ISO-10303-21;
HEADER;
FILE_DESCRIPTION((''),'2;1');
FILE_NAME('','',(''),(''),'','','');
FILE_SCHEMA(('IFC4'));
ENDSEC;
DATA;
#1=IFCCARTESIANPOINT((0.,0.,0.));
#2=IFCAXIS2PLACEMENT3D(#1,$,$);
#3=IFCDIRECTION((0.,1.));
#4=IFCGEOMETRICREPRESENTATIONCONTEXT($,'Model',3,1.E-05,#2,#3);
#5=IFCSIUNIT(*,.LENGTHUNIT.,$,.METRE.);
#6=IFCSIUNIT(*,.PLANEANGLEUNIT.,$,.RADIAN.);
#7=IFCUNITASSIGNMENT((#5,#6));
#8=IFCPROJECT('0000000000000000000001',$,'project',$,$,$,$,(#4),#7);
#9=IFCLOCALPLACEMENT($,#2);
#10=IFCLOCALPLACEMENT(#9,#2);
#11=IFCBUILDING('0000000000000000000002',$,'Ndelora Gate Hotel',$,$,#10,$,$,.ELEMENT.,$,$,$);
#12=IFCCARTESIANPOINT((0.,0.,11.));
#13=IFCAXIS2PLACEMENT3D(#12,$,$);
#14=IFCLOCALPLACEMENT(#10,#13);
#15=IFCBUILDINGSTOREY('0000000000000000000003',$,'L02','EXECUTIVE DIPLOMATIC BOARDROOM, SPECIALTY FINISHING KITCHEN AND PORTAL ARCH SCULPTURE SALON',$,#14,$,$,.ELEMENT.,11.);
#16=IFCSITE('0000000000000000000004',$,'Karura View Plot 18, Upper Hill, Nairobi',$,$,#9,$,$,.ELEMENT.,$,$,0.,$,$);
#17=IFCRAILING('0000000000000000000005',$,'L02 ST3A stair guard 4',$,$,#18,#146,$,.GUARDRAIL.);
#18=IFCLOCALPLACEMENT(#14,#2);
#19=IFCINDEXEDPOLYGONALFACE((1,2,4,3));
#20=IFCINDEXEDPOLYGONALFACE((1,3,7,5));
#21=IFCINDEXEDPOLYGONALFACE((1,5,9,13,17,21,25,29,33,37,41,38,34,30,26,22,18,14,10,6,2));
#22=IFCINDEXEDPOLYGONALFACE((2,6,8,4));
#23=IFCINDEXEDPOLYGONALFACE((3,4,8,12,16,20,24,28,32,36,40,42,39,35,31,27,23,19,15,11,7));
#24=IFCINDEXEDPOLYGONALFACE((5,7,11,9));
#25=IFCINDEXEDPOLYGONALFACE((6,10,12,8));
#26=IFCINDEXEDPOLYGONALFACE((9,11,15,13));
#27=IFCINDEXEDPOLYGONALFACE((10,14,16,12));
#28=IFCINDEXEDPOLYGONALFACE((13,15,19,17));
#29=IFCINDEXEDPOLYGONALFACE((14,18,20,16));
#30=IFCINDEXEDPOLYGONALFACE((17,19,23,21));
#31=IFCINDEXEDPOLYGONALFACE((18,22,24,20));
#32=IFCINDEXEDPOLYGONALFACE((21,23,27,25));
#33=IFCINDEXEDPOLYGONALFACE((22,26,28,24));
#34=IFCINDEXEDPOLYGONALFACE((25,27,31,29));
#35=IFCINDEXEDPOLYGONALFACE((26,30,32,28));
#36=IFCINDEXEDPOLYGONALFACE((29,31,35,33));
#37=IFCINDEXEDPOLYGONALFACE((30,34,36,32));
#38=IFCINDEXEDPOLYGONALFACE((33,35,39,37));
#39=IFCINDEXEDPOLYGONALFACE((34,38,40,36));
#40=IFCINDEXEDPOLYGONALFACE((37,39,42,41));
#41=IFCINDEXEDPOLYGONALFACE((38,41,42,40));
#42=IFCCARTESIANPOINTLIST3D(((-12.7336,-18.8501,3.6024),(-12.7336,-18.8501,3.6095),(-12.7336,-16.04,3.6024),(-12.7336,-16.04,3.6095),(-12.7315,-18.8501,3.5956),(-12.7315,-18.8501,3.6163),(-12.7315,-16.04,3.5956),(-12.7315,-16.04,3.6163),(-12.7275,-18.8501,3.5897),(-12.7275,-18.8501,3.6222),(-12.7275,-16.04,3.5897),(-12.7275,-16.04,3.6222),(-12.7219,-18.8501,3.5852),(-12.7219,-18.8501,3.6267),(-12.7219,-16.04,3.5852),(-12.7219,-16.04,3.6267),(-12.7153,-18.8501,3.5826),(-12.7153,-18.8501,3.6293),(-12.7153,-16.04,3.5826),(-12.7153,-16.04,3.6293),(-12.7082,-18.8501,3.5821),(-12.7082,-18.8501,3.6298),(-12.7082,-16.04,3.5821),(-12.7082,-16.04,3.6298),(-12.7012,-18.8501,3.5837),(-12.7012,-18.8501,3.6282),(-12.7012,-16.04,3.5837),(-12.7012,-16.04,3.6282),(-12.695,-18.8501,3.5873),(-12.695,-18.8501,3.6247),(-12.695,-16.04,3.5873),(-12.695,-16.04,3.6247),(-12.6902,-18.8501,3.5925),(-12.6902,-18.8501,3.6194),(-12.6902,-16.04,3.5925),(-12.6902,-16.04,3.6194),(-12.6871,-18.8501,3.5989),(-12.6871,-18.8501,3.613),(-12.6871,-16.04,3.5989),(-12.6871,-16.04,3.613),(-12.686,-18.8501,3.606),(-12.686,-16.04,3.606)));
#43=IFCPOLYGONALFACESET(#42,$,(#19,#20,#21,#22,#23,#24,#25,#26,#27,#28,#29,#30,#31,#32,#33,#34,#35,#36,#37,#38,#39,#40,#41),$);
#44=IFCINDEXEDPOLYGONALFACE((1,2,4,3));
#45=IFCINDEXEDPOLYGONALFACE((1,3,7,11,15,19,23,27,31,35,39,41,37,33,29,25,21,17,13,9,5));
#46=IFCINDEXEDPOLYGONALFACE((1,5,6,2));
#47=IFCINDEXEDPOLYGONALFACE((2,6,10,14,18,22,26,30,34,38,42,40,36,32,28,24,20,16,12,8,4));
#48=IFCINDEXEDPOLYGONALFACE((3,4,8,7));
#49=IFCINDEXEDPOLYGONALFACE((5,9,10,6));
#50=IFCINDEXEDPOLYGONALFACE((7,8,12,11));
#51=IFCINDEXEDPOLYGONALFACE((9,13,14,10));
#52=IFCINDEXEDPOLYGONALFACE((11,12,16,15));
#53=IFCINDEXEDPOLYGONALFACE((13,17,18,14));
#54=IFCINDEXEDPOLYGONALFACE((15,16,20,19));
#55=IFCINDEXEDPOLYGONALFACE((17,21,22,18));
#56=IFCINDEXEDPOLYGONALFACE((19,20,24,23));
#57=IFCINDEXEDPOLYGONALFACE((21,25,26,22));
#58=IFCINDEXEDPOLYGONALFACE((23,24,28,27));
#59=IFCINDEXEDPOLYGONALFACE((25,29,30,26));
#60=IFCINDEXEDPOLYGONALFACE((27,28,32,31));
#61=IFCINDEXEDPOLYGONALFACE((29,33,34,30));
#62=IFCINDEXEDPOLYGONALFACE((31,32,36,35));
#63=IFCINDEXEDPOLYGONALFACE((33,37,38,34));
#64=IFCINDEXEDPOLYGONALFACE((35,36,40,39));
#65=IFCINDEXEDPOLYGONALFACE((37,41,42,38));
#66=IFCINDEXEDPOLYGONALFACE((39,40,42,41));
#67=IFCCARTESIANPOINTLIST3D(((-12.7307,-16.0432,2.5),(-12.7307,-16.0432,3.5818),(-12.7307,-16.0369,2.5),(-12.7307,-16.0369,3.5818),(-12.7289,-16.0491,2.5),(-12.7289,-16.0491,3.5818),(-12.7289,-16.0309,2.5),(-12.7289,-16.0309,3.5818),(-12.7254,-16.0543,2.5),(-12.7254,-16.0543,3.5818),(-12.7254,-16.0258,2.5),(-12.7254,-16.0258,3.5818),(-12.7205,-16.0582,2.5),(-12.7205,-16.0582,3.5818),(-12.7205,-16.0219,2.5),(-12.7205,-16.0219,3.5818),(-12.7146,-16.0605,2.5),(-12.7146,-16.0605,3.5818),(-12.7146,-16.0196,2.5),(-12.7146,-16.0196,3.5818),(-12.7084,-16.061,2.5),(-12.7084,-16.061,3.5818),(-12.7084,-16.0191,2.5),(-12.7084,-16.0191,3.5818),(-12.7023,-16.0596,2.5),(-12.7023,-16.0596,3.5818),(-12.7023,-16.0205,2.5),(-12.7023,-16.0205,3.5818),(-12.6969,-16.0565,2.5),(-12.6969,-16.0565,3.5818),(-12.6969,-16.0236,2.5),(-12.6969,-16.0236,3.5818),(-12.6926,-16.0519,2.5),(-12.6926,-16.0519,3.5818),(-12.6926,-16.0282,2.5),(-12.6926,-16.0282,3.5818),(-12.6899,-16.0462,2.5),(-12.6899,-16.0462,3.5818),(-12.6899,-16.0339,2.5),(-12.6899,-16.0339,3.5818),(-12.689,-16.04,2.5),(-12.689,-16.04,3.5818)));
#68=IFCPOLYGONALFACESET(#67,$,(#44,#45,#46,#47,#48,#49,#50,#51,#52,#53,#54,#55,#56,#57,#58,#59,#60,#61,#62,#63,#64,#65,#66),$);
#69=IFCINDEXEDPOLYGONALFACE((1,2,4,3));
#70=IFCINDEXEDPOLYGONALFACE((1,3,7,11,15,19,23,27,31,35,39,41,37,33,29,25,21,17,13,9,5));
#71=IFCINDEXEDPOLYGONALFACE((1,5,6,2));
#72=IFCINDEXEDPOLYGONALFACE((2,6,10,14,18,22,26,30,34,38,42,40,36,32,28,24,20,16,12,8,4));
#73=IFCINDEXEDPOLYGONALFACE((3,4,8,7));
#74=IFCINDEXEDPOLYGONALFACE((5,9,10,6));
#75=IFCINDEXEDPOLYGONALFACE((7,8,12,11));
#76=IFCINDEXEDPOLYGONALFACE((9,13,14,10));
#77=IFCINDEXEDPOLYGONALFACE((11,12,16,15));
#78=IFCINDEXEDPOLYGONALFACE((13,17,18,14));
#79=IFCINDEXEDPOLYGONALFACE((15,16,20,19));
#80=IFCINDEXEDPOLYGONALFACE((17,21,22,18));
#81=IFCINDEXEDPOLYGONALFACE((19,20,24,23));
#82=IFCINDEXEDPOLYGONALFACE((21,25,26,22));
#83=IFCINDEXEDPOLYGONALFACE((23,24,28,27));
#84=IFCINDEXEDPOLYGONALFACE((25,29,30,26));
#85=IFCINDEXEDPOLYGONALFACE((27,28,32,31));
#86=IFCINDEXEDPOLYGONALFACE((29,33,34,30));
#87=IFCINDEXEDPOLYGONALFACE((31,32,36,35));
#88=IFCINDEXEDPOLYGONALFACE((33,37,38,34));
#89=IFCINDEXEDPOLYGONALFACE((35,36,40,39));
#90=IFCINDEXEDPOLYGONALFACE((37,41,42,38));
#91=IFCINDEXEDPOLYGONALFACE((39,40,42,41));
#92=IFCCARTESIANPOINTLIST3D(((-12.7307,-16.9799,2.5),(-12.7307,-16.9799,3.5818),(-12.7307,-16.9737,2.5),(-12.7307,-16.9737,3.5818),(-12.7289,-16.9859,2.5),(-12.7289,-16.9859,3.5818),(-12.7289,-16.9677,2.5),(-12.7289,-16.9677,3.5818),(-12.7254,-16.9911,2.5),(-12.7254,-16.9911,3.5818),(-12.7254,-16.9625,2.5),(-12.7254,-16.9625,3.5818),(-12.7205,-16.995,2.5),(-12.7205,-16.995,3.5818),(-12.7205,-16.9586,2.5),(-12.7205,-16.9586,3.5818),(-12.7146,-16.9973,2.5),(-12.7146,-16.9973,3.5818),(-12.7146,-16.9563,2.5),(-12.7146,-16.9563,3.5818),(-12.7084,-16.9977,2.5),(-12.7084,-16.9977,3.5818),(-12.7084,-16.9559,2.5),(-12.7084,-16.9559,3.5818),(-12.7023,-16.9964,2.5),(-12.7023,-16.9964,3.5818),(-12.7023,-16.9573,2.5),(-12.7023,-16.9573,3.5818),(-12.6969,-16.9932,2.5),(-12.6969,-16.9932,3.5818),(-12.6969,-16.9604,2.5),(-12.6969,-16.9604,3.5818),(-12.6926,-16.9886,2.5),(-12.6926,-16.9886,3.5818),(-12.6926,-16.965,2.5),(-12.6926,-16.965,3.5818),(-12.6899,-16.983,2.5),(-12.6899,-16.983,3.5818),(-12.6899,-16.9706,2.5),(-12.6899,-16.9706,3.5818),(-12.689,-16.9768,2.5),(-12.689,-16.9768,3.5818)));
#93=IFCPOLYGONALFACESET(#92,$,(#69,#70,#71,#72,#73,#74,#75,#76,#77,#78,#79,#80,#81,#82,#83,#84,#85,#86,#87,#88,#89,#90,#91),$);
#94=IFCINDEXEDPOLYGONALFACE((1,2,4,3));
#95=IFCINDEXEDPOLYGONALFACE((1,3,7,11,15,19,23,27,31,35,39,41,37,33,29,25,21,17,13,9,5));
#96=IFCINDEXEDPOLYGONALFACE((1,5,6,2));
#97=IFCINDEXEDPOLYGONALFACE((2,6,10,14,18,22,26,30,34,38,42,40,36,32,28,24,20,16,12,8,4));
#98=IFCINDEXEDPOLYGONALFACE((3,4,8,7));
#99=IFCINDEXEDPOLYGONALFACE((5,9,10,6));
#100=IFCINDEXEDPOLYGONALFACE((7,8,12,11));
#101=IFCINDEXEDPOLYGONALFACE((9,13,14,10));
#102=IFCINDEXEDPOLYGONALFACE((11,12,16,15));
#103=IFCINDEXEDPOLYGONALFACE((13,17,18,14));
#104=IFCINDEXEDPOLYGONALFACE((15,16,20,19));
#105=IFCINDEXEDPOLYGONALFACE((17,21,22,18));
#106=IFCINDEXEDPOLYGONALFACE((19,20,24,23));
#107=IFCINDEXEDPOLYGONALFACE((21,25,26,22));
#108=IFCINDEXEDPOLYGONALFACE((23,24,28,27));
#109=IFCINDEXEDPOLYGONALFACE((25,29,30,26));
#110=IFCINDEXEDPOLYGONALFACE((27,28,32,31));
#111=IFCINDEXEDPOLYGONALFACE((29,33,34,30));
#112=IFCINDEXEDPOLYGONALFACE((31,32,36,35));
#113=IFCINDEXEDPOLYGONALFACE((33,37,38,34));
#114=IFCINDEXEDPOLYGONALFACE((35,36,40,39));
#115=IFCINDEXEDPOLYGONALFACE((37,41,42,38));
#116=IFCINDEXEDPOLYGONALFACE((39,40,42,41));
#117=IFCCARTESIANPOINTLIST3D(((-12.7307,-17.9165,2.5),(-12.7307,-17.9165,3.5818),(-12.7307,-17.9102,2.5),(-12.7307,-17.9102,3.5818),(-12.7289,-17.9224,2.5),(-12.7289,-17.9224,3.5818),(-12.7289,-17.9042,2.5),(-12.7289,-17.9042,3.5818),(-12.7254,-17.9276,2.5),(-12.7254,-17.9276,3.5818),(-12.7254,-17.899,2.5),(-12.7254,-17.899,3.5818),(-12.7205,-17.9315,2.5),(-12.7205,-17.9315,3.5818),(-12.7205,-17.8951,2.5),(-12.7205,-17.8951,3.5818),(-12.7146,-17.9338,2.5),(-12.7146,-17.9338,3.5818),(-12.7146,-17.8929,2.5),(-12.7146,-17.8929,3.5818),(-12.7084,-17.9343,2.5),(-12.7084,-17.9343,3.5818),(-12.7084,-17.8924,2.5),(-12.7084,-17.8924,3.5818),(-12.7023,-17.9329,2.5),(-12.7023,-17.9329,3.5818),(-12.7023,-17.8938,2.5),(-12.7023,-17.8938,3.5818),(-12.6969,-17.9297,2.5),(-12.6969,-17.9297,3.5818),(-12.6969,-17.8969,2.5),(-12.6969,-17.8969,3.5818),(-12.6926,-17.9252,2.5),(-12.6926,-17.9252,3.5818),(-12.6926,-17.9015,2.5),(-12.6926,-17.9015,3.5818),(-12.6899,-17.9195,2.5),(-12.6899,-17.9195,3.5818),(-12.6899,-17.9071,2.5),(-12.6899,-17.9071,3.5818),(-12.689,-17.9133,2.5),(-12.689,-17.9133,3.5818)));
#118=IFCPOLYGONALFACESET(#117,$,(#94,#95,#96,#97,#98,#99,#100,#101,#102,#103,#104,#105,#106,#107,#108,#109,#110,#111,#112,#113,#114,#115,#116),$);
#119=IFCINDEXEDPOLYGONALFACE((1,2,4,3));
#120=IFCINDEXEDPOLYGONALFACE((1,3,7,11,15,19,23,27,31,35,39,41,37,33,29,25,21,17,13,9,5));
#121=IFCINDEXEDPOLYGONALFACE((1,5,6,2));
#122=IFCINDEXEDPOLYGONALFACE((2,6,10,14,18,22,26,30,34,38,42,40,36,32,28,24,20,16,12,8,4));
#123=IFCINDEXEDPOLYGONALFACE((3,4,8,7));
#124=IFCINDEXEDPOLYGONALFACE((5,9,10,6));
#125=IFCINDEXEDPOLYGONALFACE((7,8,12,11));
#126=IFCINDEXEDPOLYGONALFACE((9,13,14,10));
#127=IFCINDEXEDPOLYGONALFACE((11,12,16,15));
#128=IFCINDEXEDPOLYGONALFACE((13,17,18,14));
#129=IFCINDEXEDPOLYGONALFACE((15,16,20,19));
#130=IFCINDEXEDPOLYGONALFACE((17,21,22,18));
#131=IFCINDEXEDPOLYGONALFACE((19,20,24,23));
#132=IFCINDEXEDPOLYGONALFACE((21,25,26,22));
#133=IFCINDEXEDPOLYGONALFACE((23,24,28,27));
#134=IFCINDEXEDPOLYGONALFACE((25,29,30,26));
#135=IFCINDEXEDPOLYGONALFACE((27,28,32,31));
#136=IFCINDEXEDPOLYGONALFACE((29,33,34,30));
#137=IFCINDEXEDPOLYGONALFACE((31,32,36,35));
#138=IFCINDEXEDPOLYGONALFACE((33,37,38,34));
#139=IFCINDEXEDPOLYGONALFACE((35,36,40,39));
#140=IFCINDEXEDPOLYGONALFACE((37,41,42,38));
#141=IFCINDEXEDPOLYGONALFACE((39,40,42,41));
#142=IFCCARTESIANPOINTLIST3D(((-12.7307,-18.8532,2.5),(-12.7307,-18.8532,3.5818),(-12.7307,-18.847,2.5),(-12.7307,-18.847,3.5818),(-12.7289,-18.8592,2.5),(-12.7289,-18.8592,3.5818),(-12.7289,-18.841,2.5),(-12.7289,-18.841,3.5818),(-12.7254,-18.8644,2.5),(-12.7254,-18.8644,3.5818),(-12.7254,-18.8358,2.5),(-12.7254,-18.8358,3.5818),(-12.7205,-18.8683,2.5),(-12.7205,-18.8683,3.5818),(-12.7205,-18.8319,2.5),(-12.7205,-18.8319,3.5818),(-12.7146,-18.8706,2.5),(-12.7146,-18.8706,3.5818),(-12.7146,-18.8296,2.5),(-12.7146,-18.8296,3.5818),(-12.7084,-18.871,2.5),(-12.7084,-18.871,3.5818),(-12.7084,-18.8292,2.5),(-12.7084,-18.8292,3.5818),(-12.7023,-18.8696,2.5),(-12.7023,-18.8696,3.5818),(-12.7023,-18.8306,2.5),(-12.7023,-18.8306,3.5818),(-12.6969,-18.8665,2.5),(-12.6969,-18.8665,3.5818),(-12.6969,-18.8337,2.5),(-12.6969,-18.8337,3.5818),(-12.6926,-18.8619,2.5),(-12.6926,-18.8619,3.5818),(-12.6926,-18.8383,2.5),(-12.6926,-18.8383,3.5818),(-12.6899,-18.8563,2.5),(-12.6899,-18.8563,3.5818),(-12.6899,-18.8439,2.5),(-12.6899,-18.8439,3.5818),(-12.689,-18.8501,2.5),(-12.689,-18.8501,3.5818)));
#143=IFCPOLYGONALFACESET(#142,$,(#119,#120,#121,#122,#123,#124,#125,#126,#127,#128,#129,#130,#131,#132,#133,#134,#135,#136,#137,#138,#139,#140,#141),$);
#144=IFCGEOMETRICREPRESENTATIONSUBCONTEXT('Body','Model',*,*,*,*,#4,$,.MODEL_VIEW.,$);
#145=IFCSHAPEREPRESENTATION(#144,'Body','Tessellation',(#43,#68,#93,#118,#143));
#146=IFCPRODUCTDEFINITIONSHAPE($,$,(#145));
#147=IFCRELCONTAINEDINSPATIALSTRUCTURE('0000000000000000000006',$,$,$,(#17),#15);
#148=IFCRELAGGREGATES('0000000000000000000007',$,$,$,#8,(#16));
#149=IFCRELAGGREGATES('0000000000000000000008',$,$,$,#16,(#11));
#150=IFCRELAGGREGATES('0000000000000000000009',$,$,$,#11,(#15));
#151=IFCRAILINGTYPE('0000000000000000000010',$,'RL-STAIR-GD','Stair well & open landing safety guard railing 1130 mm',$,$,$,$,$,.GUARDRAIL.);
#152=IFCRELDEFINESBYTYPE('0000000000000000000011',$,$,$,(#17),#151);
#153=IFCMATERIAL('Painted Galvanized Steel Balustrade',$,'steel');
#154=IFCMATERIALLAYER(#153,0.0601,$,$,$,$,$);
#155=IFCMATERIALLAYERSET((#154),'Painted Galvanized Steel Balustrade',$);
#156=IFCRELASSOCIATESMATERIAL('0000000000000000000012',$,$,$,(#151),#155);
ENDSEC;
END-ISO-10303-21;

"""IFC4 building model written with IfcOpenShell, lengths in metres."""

from ifc_helpers import new_model, si_unit, direction, frame, origin, origin_2d, place, context, subcontext, project, spatial, circle, extrude, material, layer, layer_set, type_object, element, save


model = new_model("IFC4")

# Units and contexts
model_context = context("Model", 3, precision=1e-05, world=origin(), true_north=direction((0.0, 1.0)))
body_context = subcontext(model_context, "Body", "Model", "MODEL_VIEW")
ifc_project = project(units=[si_unit("LENGTHUNIT", "METRE"), si_unit("PLANEANGLEUNIT", "RADIAN")], contexts=[model_context])

# Site, building, storey
site_placement = place(None, origin())
site = spatial("IfcSite", under=ifc_project, at=site_placement, Name="Karura View Plot 18, Upper Hill, Nairobi", CompositionType="ELEMENT", RefElevation=0.0)
building_placement = place(site_placement, origin())
building = spatial("IfcBuilding", under=site, at=building_placement, Name="Ndelora Gate Hotel", CompositionType="ELEMENT")
storey_placement = place(building_placement, frame((0.0, 0.0, 11.0)))
storey = spatial("IfcBuildingStorey", under=building, at=storey_placement, Name="L02", Description="EXECUTIVE DIPLOMATIC BOARDROOM, SPECIALTY FINISHING KITCHEN AND PORTAL ARCH SCULPTURE SALON", CompositionType="ELEMENT", Elevation=11.0)

# Railing
ifc_material_1 = material(Name="Painted Galvanized Steel Balustrade", Category="steel")
ifc_layer_1 = layer(ifc_material_1, 0.0601)
ifc_layer_set_1 = layer_set([ifc_layer_1], Name="Painted Galvanized Steel Balustrade")
railing_type_1 = type_object("IfcRailingType", Name="RL-STAIR-GD", Description="Stair well & open landing safety guard railing 1130 mm", PredefinedType="GUARDRAIL", material=ifc_layer_set_1)
for number, where, name in (
    (1, (-12.71, -16.04, 2.5), "L02 ST3A stair guard 4"),
):
    element("IfcRailing", number, at=place(storey_placement, frame(where)), inside=storey, type_object=railing_type_1, Name=name, PredefinedType="GUARDRAIL", context=body_context, shape_type="SweptSolid", body=[
        extrude(circle(Radius=0.0239, at=origin_2d()), frame((0.0, 0.0, 1.106), z_axis=(0.0, -1.0, 0.0), x_axis=(1.0, 0.0, 0.0)), (0.0, 0.0, 1.0), 2.8101),
        extrude(circle(Radius=0.021, at=origin_2d()), origin(), (0.0, 0.0, 1.0), 1.0818),
        extrude(circle(Radius=0.021, at=origin_2d()), frame((0.0, -0.9368, 0.0)), (0.0, 0.0, 1.0), 1.0818),
        extrude(circle(Radius=0.021, at=origin_2d()), frame((0.0, -1.8733, 0.0)), (0.0, 0.0, 1.0), 1.0818),
        extrude(circle(Radius=0.021, at=origin_2d()), frame((0.0, -2.8101, 0.0)), (0.0, 0.0, 1.0), 1.0818),
    ])

save(model, "model.ifc")
